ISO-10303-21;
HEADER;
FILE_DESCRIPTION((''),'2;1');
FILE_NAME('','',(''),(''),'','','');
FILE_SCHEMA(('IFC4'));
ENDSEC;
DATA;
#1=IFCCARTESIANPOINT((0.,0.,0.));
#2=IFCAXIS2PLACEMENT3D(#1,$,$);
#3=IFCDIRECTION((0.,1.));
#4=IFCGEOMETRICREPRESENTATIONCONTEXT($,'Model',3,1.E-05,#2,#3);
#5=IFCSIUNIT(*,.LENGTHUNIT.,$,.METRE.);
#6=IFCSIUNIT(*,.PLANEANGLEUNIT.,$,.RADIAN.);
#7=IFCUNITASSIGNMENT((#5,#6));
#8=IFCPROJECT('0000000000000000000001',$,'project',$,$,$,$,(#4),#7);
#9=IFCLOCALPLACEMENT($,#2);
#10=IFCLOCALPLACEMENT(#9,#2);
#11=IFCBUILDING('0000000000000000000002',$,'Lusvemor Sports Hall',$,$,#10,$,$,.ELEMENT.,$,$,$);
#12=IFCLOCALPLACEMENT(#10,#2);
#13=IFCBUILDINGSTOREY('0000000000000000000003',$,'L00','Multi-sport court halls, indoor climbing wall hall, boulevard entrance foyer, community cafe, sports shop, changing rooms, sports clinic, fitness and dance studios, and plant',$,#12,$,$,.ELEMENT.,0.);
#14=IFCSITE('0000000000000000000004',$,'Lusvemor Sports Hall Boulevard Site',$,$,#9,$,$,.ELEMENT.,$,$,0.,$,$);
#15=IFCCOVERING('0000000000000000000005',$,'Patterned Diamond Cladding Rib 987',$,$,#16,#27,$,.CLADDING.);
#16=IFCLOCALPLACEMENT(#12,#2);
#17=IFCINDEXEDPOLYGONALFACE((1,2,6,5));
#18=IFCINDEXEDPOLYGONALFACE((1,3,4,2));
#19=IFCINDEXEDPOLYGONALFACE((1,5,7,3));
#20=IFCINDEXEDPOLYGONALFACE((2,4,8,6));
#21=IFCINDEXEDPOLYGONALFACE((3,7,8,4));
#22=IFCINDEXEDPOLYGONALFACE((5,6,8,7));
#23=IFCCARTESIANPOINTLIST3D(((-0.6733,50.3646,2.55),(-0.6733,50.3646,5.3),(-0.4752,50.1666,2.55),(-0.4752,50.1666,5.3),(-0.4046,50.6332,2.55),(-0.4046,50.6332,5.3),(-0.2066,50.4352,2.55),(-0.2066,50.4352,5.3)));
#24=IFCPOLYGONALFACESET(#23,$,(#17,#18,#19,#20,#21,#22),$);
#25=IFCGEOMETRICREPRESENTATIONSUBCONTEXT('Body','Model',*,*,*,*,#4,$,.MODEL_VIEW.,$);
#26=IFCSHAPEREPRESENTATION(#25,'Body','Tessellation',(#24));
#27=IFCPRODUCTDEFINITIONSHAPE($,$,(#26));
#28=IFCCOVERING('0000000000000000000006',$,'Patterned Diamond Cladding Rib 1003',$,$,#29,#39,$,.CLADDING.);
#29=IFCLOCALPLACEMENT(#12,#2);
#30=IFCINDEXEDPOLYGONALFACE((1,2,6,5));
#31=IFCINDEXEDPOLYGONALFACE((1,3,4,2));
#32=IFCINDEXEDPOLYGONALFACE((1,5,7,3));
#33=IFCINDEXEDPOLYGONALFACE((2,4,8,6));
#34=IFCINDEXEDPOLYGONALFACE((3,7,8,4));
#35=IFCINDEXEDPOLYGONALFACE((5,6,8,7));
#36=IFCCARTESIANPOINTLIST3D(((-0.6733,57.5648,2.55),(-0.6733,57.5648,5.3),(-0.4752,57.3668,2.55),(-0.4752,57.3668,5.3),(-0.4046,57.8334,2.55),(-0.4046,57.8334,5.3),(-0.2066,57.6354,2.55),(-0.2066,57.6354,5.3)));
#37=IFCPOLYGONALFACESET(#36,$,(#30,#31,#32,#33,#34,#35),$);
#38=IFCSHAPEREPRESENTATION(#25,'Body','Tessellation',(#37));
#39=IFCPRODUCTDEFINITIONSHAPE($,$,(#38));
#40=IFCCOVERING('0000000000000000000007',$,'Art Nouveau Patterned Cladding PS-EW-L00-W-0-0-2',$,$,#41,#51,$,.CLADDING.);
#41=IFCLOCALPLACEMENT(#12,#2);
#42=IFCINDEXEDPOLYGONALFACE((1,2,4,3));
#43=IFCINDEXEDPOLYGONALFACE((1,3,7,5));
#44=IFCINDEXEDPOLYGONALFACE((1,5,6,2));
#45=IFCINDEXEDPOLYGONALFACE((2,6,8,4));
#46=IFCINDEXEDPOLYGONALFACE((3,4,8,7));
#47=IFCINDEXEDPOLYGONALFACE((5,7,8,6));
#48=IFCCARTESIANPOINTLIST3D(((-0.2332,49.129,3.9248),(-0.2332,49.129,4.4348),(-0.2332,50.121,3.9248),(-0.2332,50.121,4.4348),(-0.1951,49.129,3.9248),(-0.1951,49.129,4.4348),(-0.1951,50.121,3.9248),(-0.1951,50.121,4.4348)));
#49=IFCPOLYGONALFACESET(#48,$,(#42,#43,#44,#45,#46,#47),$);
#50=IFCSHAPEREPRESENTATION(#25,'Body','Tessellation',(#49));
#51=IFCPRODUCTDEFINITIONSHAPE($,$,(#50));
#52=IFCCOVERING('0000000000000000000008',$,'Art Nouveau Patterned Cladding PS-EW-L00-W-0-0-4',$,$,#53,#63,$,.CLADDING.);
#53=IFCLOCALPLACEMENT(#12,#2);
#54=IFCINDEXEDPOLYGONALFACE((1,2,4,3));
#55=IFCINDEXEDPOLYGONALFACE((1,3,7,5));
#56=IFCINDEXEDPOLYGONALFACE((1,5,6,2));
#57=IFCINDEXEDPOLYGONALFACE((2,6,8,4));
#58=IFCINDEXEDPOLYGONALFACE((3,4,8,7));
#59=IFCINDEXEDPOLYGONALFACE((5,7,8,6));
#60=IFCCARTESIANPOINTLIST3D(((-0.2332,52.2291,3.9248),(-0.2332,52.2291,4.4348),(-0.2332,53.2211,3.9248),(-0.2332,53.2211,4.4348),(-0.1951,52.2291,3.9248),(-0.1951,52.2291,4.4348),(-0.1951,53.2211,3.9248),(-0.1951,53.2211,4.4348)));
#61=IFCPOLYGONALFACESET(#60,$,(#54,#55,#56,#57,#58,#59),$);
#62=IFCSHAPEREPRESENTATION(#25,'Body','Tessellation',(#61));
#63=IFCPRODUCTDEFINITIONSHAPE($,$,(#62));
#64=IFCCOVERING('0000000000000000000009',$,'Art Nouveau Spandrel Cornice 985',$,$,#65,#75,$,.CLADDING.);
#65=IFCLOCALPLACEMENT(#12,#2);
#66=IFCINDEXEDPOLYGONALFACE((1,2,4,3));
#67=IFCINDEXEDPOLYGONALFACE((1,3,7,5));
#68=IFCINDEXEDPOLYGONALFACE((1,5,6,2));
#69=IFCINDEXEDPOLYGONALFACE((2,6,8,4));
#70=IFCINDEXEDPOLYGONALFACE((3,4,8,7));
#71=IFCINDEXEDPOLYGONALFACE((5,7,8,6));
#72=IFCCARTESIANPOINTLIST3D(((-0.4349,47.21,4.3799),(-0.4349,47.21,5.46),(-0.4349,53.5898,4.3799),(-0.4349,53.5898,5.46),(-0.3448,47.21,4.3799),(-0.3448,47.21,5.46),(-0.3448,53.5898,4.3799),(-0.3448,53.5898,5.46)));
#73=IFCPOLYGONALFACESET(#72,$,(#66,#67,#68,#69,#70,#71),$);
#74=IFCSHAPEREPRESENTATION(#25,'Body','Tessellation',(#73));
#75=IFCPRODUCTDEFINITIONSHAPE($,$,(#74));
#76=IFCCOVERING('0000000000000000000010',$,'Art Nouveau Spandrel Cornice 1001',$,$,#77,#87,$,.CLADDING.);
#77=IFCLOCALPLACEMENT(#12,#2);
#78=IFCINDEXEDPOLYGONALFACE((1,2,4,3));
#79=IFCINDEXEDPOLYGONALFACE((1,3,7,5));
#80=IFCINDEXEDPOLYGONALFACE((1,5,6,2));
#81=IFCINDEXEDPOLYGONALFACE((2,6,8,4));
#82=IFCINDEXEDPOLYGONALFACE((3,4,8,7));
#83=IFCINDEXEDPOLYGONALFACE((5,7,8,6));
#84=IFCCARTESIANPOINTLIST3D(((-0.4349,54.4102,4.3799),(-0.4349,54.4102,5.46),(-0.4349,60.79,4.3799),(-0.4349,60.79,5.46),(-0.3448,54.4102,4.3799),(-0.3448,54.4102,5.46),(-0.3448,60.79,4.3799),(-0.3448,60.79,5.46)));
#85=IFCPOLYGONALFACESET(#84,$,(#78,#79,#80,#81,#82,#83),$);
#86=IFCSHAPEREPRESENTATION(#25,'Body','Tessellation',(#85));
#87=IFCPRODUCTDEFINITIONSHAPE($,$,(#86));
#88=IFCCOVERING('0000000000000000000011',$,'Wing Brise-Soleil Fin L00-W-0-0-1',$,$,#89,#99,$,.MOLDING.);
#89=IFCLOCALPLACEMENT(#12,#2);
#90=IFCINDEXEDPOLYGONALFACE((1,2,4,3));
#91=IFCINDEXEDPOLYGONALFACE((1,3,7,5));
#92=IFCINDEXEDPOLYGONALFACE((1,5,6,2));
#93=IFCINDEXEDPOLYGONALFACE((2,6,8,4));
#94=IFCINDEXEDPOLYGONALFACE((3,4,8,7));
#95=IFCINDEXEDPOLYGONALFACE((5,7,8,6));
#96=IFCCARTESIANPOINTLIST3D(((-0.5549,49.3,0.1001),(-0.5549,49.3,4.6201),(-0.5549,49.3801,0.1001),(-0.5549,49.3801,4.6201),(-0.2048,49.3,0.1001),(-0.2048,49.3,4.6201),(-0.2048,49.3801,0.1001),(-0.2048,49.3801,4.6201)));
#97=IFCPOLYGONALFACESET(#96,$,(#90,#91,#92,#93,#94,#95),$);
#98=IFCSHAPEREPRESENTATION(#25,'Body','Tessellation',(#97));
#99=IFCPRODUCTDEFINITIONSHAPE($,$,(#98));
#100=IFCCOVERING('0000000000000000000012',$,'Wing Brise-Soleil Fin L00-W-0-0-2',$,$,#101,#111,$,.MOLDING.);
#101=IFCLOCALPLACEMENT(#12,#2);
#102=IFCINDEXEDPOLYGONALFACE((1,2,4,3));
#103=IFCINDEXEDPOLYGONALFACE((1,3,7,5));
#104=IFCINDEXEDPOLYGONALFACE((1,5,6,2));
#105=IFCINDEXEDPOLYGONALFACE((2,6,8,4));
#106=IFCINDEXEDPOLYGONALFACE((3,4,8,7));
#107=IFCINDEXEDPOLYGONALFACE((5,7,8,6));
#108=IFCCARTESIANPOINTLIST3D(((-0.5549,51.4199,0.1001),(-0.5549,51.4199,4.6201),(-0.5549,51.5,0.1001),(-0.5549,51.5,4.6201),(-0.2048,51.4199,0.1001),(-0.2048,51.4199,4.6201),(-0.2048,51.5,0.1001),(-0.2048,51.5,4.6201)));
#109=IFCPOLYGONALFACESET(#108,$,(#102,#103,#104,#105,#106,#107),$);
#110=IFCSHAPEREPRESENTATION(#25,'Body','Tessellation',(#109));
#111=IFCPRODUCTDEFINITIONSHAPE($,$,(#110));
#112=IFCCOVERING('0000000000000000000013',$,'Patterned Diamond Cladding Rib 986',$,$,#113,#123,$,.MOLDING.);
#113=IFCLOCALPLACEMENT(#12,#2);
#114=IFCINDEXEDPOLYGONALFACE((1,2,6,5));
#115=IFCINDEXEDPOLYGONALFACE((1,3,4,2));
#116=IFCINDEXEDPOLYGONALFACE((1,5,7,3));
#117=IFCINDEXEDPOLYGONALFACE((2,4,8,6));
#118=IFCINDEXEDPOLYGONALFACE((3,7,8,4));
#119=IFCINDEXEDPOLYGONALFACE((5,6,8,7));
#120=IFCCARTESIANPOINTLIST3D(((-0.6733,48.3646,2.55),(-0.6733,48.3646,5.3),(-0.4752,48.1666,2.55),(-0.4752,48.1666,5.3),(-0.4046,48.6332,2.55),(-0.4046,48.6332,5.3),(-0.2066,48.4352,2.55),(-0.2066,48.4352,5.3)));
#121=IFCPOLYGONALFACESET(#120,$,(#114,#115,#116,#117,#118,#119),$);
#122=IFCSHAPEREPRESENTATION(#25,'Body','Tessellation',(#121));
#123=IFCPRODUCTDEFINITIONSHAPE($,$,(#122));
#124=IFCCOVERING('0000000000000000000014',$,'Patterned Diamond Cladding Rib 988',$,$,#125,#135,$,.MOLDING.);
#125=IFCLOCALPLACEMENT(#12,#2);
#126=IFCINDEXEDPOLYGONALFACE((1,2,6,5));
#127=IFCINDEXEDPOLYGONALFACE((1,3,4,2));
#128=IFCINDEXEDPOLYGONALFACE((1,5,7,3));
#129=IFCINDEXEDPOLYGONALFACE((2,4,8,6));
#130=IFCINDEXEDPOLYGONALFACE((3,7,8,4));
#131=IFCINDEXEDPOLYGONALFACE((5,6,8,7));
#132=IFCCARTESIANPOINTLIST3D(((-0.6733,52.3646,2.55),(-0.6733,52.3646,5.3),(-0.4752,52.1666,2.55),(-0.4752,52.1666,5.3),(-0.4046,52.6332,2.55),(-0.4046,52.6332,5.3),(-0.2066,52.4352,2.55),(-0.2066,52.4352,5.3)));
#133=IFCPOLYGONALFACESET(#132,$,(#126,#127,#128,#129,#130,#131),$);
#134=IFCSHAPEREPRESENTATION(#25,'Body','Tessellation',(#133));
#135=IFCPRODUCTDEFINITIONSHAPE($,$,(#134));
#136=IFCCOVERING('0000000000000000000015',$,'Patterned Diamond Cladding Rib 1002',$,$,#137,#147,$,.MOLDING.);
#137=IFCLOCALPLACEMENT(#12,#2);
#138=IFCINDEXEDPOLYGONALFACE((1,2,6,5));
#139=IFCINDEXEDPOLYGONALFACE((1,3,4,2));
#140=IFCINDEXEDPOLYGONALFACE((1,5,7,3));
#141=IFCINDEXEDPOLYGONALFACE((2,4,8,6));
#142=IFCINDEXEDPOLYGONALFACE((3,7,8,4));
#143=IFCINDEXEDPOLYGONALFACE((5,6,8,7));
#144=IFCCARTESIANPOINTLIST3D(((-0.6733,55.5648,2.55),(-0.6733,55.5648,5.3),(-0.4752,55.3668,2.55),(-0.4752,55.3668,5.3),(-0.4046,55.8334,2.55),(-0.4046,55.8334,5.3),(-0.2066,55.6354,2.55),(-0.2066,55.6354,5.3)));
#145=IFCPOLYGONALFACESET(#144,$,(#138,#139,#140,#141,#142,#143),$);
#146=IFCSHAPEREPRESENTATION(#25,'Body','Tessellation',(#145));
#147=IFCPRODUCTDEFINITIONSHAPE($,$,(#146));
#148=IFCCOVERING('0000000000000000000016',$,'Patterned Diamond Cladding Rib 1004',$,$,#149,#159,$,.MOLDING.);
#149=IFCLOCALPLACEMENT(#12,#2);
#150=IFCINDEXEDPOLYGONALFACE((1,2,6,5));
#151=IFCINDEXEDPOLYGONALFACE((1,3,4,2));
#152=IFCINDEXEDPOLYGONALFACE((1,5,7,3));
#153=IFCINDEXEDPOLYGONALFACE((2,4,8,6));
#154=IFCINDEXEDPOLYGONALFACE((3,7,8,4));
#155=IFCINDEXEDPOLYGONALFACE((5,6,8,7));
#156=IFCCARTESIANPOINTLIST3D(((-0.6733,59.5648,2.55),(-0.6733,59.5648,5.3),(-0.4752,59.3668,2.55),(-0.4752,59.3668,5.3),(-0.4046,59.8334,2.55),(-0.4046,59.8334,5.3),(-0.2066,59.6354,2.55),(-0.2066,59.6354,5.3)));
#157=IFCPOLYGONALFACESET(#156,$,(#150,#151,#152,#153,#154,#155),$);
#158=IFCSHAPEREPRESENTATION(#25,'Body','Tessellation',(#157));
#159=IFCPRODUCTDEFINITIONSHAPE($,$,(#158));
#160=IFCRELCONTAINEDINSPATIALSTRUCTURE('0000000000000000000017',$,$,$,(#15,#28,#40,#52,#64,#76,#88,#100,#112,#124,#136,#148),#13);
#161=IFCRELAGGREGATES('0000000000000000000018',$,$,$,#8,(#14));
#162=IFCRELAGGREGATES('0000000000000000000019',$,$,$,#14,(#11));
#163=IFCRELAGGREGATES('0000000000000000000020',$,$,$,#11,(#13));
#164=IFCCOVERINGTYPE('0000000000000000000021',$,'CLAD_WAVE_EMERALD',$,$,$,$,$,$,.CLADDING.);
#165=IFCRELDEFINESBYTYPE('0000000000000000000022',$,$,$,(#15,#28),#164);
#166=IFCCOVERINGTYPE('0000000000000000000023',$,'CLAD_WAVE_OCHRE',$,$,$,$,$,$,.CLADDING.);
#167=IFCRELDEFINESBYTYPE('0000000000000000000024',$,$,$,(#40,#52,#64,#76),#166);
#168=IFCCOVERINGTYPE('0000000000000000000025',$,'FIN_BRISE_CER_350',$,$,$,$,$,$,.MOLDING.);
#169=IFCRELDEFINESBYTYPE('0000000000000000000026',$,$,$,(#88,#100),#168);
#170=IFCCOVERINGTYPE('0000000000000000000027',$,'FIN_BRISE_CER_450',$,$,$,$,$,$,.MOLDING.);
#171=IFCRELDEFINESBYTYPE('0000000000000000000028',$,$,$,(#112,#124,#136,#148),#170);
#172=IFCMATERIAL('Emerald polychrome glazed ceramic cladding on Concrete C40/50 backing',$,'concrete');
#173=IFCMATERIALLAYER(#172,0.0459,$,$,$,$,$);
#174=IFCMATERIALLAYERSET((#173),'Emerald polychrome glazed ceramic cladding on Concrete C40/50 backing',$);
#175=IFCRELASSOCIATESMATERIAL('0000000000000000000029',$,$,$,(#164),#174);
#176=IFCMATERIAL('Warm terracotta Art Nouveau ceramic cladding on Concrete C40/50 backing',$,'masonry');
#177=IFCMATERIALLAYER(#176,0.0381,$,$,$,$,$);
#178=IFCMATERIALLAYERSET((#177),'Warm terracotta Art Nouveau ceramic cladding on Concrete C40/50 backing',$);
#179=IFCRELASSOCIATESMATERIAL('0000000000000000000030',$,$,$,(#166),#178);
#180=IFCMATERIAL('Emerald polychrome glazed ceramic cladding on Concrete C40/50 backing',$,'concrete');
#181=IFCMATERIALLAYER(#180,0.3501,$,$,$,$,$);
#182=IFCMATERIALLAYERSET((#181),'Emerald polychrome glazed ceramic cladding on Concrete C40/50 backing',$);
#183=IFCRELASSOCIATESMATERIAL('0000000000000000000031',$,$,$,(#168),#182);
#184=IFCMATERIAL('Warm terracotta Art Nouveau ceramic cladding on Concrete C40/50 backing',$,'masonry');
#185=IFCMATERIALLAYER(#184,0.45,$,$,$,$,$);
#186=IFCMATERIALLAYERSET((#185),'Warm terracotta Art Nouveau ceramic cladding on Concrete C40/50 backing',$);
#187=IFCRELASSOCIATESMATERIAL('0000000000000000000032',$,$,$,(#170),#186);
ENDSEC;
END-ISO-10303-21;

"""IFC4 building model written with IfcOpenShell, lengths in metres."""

from ifc_helpers import new_model, si_unit, direction, frame, origin, origin_2d, place, context, subcontext, project, spatial, rectangle, extrude, material, layer, layer_set, type_object, element, save


model = new_model("IFC4")

# Units and contexts
model_context = context("Model", 3, precision=1e-05, world=origin(), true_north=direction((0.0, 1.0)))
body_context = subcontext(model_context, "Body", "Model", "MODEL_VIEW")
ifc_project = project(units=[si_unit("LENGTHUNIT", "METRE"), si_unit("PLANEANGLEUNIT", "RADIAN")], contexts=[model_context])

# Site, building, storey
site_placement = place(None, origin())
site = spatial("IfcSite", under=ifc_project, at=site_placement, Name="Lusvemor Sports Hall Boulevard Site", CompositionType="ELEMENT", RefElevation=0.0)
building_placement = place(site_placement, origin())
building = spatial("IfcBuilding", under=site, at=building_placement, Name="Lusvemor Sports Hall", CompositionType="ELEMENT")
storey_placement = place(building_placement, origin())
storey = spatial("IfcBuildingStorey", under=building, at=storey_placement, Name="L00", Description="Multi-sport court halls, indoor climbing wall hall, boulevard entrance foyer, community cafe, sports shop, changing rooms, sports clinic, fitness and dance studios, and plant", CompositionType="ELEMENT", Elevation=0.0)

# Coverings
ifc_material_1 = material(Name="Emerald polychrome glazed ceramic cladding on Concrete C40/50 backing", Category="concrete")
ifc_layer_1 = layer(ifc_material_1, 0.0459)
ifc_layer_set_1 = layer_set([ifc_layer_1], Name="Emerald polychrome glazed ceramic cladding on Concrete C40/50 backing")
covering_type_1 = type_object("IfcCoveringType", Name="CLAD_WAVE_EMERALD", PredefinedType="CLADDING", material=ifc_layer_set_1)
for number, where, z_axis, x_axis, name in (
    (1, (-0.4399, 50.3999, 2.55), (0.0, 0.0, 1.0), (0.707107, 0.707107, 0.0), "Patterned Diamond Cladding Rib 987"),
    (2, (-0.4399, 57.6001, 2.55), (0.0, 0.0, 1.0), (0.707107, 0.707107, 0.0), "Patterned Diamond Cladding Rib 1003"),
):
    element("IfcCovering", number, at=place(storey_placement, frame(where, z_axis=z_axis, x_axis=x_axis)), inside=storey, type_object=covering_type_1, Name=name, PredefinedType="CLADDING", context=body_context, shape_type="SweptSolid", body=[
        extrude(rectangle(XDim=0.3799, YDim=0.28, at=origin_2d()), origin(), (0.0, 0.0, 1.0), 2.75),
    ])
ifc_material_2 = material(Name="Warm terracotta Art Nouveau ceramic cladding on Concrete C40/50 backing", Category="masonry")
ifc_layer_2 = layer(ifc_material_2, 0.0381)
ifc_layer_set_2 = layer_set([ifc_layer_2], Name="Warm terracotta Art Nouveau ceramic cladding on Concrete C40/50 backing")
covering_type_2 = type_object("IfcCoveringType", Name="CLAD_WAVE_OCHRE", PredefinedType="CLADDING", material=ifc_layer_set_2)
for number, where, z_axis, x_axis, name in (
    (3, (-0.2141, 49.625, 3.9248), (0.0, 0.0, 1.0), (1.0, 0.0, 0.0), "Art Nouveau Patterned Cladding PS-EW-L00-W-0-0-2"),
    (4, (-0.2141, 52.7251, 3.9248), (0.0, 0.0, 1.0), (1.0, 0.0, 0.0), "Art Nouveau Patterned Cladding PS-EW-L00-W-0-0-4"),
):
    element("IfcCovering", number, at=place(storey_placement, frame(where, z_axis=z_axis, x_axis=x_axis)), inside=storey, type_object=covering_type_2, Name=name, PredefinedType="CLADDING", context=body_context, shape_type="SweptSolid", body=[
        extrude(rectangle(XDim=0.0381, YDim=0.9919, at=origin_2d()), origin(), (0.0, 0.0, 1.0), 0.51),
    ])
for number, where, z_axis, x_axis, name in (
    (5, (-0.3899, 50.3999, 4.3799), (0.0, 0.0, 1.0), (1.0, 0.0, 0.0), "Art Nouveau Spandrel Cornice 985"),
    (6, (-0.3899, 57.6001, 4.3799), (0.0, 0.0, 1.0), (1.0, 0.0, 0.0), "Art Nouveau Spandrel Cornice 1001"),
):
    element("IfcCovering", number, at=place(storey_placement, frame(where, z_axis=z_axis, x_axis=x_axis)), inside=storey, type_object=covering_type_2, Name=name, PredefinedType="CLADDING", context=body_context, shape_type="SweptSolid", body=[
        extrude(rectangle(XDim=0.0901, YDim=6.3799, at=origin_2d()), origin(), (0.0, 0.0, 1.0), 1.0801),
    ])
ifc_material_3 = material(Name="Emerald polychrome glazed ceramic cladding on Concrete C40/50 backing", Category="concrete")
ifc_layer_3 = layer(ifc_material_3, 0.3501)
ifc_layer_set_3 = layer_set([ifc_layer_3], Name="Emerald polychrome glazed ceramic cladding on Concrete C40/50 backing")
covering_type_3 = type_object("IfcCoveringType", Name="FIN_BRISE_CER_350", PredefinedType="MOLDING", material=ifc_layer_set_3)
for number, where, z_axis, x_axis, name in (
    (7, (-0.3799, 49.3401, 0.1001), (0.0, 0.0, 1.0), (1.0, 0.0, 0.0), "Wing Brise-Soleil Fin L00-W-0-0-1"),
    (8, (-0.3799, 51.46, 0.1001), (0.0, 0.0, 1.0), (1.0, 0.0, 0.0), "Wing Brise-Soleil Fin L00-W-0-0-2"),
):
    element("IfcCovering", number, at=place(storey_placement, frame(where, z_axis=z_axis, x_axis=x_axis)), inside=storey, type_object=covering_type_3, Name=name, PredefinedType="MOLDING", context=body_context, shape_type="SweptSolid", body=[
        extrude(rectangle(XDim=0.3501, YDim=0.0801, at=origin_2d()), origin(), (0.0, 0.0, 1.0), 4.52),
    ])
ifc_material_4 = material(Name="Warm terracotta Art Nouveau ceramic cladding on Concrete C40/50 backing", Category="masonry")
ifc_layer_4 = layer(ifc_material_4, 0.45)
ifc_layer_set_4 = layer_set([ifc_layer_4], Name="Warm terracotta Art Nouveau ceramic cladding on Concrete C40/50 backing")
covering_type_4 = type_object("IfcCoveringType", Name="FIN_BRISE_CER_450", PredefinedType="MOLDING", material=ifc_layer_set_4)
for number, where, z_axis, x_axis, name in (
    (9, (-0.4399, 48.3999, 2.55), (0.0, 0.0, 1.0), (0.707107, 0.707107, 0.0), "Patterned Diamond Cladding Rib 986"),
    (10, (-0.4399, 52.3999, 2.55), (0.0, 0.0, 1.0), (0.707107, 0.707107, 0.0), "Patterned Diamond Cladding Rib 988"),
    (11, (-0.4399, 55.6001, 2.55), (0.0, 0.0, 1.0), (0.707107, 0.707107, 0.0), "Patterned Diamond Cladding Rib 1002"),
    (12, (-0.4399, 59.6001, 2.55), (0.0, 0.0, 1.0), (0.707107, 0.707107, 0.0), "Patterned Diamond Cladding Rib 1004"),
):
    element("IfcCovering", number, at=place(storey_placement, frame(where, z_axis=z_axis, x_axis=x_axis)), inside=storey, type_object=covering_type_4, Name=name, PredefinedType="MOLDING", context=body_context, shape_type="SweptSolid", body=[
        extrude(rectangle(XDim=0.3799, YDim=0.28, at=origin_2d()), origin(), (0.0, 0.0, 1.0), 2.75),
    ])

save(model, "model.ifc")
